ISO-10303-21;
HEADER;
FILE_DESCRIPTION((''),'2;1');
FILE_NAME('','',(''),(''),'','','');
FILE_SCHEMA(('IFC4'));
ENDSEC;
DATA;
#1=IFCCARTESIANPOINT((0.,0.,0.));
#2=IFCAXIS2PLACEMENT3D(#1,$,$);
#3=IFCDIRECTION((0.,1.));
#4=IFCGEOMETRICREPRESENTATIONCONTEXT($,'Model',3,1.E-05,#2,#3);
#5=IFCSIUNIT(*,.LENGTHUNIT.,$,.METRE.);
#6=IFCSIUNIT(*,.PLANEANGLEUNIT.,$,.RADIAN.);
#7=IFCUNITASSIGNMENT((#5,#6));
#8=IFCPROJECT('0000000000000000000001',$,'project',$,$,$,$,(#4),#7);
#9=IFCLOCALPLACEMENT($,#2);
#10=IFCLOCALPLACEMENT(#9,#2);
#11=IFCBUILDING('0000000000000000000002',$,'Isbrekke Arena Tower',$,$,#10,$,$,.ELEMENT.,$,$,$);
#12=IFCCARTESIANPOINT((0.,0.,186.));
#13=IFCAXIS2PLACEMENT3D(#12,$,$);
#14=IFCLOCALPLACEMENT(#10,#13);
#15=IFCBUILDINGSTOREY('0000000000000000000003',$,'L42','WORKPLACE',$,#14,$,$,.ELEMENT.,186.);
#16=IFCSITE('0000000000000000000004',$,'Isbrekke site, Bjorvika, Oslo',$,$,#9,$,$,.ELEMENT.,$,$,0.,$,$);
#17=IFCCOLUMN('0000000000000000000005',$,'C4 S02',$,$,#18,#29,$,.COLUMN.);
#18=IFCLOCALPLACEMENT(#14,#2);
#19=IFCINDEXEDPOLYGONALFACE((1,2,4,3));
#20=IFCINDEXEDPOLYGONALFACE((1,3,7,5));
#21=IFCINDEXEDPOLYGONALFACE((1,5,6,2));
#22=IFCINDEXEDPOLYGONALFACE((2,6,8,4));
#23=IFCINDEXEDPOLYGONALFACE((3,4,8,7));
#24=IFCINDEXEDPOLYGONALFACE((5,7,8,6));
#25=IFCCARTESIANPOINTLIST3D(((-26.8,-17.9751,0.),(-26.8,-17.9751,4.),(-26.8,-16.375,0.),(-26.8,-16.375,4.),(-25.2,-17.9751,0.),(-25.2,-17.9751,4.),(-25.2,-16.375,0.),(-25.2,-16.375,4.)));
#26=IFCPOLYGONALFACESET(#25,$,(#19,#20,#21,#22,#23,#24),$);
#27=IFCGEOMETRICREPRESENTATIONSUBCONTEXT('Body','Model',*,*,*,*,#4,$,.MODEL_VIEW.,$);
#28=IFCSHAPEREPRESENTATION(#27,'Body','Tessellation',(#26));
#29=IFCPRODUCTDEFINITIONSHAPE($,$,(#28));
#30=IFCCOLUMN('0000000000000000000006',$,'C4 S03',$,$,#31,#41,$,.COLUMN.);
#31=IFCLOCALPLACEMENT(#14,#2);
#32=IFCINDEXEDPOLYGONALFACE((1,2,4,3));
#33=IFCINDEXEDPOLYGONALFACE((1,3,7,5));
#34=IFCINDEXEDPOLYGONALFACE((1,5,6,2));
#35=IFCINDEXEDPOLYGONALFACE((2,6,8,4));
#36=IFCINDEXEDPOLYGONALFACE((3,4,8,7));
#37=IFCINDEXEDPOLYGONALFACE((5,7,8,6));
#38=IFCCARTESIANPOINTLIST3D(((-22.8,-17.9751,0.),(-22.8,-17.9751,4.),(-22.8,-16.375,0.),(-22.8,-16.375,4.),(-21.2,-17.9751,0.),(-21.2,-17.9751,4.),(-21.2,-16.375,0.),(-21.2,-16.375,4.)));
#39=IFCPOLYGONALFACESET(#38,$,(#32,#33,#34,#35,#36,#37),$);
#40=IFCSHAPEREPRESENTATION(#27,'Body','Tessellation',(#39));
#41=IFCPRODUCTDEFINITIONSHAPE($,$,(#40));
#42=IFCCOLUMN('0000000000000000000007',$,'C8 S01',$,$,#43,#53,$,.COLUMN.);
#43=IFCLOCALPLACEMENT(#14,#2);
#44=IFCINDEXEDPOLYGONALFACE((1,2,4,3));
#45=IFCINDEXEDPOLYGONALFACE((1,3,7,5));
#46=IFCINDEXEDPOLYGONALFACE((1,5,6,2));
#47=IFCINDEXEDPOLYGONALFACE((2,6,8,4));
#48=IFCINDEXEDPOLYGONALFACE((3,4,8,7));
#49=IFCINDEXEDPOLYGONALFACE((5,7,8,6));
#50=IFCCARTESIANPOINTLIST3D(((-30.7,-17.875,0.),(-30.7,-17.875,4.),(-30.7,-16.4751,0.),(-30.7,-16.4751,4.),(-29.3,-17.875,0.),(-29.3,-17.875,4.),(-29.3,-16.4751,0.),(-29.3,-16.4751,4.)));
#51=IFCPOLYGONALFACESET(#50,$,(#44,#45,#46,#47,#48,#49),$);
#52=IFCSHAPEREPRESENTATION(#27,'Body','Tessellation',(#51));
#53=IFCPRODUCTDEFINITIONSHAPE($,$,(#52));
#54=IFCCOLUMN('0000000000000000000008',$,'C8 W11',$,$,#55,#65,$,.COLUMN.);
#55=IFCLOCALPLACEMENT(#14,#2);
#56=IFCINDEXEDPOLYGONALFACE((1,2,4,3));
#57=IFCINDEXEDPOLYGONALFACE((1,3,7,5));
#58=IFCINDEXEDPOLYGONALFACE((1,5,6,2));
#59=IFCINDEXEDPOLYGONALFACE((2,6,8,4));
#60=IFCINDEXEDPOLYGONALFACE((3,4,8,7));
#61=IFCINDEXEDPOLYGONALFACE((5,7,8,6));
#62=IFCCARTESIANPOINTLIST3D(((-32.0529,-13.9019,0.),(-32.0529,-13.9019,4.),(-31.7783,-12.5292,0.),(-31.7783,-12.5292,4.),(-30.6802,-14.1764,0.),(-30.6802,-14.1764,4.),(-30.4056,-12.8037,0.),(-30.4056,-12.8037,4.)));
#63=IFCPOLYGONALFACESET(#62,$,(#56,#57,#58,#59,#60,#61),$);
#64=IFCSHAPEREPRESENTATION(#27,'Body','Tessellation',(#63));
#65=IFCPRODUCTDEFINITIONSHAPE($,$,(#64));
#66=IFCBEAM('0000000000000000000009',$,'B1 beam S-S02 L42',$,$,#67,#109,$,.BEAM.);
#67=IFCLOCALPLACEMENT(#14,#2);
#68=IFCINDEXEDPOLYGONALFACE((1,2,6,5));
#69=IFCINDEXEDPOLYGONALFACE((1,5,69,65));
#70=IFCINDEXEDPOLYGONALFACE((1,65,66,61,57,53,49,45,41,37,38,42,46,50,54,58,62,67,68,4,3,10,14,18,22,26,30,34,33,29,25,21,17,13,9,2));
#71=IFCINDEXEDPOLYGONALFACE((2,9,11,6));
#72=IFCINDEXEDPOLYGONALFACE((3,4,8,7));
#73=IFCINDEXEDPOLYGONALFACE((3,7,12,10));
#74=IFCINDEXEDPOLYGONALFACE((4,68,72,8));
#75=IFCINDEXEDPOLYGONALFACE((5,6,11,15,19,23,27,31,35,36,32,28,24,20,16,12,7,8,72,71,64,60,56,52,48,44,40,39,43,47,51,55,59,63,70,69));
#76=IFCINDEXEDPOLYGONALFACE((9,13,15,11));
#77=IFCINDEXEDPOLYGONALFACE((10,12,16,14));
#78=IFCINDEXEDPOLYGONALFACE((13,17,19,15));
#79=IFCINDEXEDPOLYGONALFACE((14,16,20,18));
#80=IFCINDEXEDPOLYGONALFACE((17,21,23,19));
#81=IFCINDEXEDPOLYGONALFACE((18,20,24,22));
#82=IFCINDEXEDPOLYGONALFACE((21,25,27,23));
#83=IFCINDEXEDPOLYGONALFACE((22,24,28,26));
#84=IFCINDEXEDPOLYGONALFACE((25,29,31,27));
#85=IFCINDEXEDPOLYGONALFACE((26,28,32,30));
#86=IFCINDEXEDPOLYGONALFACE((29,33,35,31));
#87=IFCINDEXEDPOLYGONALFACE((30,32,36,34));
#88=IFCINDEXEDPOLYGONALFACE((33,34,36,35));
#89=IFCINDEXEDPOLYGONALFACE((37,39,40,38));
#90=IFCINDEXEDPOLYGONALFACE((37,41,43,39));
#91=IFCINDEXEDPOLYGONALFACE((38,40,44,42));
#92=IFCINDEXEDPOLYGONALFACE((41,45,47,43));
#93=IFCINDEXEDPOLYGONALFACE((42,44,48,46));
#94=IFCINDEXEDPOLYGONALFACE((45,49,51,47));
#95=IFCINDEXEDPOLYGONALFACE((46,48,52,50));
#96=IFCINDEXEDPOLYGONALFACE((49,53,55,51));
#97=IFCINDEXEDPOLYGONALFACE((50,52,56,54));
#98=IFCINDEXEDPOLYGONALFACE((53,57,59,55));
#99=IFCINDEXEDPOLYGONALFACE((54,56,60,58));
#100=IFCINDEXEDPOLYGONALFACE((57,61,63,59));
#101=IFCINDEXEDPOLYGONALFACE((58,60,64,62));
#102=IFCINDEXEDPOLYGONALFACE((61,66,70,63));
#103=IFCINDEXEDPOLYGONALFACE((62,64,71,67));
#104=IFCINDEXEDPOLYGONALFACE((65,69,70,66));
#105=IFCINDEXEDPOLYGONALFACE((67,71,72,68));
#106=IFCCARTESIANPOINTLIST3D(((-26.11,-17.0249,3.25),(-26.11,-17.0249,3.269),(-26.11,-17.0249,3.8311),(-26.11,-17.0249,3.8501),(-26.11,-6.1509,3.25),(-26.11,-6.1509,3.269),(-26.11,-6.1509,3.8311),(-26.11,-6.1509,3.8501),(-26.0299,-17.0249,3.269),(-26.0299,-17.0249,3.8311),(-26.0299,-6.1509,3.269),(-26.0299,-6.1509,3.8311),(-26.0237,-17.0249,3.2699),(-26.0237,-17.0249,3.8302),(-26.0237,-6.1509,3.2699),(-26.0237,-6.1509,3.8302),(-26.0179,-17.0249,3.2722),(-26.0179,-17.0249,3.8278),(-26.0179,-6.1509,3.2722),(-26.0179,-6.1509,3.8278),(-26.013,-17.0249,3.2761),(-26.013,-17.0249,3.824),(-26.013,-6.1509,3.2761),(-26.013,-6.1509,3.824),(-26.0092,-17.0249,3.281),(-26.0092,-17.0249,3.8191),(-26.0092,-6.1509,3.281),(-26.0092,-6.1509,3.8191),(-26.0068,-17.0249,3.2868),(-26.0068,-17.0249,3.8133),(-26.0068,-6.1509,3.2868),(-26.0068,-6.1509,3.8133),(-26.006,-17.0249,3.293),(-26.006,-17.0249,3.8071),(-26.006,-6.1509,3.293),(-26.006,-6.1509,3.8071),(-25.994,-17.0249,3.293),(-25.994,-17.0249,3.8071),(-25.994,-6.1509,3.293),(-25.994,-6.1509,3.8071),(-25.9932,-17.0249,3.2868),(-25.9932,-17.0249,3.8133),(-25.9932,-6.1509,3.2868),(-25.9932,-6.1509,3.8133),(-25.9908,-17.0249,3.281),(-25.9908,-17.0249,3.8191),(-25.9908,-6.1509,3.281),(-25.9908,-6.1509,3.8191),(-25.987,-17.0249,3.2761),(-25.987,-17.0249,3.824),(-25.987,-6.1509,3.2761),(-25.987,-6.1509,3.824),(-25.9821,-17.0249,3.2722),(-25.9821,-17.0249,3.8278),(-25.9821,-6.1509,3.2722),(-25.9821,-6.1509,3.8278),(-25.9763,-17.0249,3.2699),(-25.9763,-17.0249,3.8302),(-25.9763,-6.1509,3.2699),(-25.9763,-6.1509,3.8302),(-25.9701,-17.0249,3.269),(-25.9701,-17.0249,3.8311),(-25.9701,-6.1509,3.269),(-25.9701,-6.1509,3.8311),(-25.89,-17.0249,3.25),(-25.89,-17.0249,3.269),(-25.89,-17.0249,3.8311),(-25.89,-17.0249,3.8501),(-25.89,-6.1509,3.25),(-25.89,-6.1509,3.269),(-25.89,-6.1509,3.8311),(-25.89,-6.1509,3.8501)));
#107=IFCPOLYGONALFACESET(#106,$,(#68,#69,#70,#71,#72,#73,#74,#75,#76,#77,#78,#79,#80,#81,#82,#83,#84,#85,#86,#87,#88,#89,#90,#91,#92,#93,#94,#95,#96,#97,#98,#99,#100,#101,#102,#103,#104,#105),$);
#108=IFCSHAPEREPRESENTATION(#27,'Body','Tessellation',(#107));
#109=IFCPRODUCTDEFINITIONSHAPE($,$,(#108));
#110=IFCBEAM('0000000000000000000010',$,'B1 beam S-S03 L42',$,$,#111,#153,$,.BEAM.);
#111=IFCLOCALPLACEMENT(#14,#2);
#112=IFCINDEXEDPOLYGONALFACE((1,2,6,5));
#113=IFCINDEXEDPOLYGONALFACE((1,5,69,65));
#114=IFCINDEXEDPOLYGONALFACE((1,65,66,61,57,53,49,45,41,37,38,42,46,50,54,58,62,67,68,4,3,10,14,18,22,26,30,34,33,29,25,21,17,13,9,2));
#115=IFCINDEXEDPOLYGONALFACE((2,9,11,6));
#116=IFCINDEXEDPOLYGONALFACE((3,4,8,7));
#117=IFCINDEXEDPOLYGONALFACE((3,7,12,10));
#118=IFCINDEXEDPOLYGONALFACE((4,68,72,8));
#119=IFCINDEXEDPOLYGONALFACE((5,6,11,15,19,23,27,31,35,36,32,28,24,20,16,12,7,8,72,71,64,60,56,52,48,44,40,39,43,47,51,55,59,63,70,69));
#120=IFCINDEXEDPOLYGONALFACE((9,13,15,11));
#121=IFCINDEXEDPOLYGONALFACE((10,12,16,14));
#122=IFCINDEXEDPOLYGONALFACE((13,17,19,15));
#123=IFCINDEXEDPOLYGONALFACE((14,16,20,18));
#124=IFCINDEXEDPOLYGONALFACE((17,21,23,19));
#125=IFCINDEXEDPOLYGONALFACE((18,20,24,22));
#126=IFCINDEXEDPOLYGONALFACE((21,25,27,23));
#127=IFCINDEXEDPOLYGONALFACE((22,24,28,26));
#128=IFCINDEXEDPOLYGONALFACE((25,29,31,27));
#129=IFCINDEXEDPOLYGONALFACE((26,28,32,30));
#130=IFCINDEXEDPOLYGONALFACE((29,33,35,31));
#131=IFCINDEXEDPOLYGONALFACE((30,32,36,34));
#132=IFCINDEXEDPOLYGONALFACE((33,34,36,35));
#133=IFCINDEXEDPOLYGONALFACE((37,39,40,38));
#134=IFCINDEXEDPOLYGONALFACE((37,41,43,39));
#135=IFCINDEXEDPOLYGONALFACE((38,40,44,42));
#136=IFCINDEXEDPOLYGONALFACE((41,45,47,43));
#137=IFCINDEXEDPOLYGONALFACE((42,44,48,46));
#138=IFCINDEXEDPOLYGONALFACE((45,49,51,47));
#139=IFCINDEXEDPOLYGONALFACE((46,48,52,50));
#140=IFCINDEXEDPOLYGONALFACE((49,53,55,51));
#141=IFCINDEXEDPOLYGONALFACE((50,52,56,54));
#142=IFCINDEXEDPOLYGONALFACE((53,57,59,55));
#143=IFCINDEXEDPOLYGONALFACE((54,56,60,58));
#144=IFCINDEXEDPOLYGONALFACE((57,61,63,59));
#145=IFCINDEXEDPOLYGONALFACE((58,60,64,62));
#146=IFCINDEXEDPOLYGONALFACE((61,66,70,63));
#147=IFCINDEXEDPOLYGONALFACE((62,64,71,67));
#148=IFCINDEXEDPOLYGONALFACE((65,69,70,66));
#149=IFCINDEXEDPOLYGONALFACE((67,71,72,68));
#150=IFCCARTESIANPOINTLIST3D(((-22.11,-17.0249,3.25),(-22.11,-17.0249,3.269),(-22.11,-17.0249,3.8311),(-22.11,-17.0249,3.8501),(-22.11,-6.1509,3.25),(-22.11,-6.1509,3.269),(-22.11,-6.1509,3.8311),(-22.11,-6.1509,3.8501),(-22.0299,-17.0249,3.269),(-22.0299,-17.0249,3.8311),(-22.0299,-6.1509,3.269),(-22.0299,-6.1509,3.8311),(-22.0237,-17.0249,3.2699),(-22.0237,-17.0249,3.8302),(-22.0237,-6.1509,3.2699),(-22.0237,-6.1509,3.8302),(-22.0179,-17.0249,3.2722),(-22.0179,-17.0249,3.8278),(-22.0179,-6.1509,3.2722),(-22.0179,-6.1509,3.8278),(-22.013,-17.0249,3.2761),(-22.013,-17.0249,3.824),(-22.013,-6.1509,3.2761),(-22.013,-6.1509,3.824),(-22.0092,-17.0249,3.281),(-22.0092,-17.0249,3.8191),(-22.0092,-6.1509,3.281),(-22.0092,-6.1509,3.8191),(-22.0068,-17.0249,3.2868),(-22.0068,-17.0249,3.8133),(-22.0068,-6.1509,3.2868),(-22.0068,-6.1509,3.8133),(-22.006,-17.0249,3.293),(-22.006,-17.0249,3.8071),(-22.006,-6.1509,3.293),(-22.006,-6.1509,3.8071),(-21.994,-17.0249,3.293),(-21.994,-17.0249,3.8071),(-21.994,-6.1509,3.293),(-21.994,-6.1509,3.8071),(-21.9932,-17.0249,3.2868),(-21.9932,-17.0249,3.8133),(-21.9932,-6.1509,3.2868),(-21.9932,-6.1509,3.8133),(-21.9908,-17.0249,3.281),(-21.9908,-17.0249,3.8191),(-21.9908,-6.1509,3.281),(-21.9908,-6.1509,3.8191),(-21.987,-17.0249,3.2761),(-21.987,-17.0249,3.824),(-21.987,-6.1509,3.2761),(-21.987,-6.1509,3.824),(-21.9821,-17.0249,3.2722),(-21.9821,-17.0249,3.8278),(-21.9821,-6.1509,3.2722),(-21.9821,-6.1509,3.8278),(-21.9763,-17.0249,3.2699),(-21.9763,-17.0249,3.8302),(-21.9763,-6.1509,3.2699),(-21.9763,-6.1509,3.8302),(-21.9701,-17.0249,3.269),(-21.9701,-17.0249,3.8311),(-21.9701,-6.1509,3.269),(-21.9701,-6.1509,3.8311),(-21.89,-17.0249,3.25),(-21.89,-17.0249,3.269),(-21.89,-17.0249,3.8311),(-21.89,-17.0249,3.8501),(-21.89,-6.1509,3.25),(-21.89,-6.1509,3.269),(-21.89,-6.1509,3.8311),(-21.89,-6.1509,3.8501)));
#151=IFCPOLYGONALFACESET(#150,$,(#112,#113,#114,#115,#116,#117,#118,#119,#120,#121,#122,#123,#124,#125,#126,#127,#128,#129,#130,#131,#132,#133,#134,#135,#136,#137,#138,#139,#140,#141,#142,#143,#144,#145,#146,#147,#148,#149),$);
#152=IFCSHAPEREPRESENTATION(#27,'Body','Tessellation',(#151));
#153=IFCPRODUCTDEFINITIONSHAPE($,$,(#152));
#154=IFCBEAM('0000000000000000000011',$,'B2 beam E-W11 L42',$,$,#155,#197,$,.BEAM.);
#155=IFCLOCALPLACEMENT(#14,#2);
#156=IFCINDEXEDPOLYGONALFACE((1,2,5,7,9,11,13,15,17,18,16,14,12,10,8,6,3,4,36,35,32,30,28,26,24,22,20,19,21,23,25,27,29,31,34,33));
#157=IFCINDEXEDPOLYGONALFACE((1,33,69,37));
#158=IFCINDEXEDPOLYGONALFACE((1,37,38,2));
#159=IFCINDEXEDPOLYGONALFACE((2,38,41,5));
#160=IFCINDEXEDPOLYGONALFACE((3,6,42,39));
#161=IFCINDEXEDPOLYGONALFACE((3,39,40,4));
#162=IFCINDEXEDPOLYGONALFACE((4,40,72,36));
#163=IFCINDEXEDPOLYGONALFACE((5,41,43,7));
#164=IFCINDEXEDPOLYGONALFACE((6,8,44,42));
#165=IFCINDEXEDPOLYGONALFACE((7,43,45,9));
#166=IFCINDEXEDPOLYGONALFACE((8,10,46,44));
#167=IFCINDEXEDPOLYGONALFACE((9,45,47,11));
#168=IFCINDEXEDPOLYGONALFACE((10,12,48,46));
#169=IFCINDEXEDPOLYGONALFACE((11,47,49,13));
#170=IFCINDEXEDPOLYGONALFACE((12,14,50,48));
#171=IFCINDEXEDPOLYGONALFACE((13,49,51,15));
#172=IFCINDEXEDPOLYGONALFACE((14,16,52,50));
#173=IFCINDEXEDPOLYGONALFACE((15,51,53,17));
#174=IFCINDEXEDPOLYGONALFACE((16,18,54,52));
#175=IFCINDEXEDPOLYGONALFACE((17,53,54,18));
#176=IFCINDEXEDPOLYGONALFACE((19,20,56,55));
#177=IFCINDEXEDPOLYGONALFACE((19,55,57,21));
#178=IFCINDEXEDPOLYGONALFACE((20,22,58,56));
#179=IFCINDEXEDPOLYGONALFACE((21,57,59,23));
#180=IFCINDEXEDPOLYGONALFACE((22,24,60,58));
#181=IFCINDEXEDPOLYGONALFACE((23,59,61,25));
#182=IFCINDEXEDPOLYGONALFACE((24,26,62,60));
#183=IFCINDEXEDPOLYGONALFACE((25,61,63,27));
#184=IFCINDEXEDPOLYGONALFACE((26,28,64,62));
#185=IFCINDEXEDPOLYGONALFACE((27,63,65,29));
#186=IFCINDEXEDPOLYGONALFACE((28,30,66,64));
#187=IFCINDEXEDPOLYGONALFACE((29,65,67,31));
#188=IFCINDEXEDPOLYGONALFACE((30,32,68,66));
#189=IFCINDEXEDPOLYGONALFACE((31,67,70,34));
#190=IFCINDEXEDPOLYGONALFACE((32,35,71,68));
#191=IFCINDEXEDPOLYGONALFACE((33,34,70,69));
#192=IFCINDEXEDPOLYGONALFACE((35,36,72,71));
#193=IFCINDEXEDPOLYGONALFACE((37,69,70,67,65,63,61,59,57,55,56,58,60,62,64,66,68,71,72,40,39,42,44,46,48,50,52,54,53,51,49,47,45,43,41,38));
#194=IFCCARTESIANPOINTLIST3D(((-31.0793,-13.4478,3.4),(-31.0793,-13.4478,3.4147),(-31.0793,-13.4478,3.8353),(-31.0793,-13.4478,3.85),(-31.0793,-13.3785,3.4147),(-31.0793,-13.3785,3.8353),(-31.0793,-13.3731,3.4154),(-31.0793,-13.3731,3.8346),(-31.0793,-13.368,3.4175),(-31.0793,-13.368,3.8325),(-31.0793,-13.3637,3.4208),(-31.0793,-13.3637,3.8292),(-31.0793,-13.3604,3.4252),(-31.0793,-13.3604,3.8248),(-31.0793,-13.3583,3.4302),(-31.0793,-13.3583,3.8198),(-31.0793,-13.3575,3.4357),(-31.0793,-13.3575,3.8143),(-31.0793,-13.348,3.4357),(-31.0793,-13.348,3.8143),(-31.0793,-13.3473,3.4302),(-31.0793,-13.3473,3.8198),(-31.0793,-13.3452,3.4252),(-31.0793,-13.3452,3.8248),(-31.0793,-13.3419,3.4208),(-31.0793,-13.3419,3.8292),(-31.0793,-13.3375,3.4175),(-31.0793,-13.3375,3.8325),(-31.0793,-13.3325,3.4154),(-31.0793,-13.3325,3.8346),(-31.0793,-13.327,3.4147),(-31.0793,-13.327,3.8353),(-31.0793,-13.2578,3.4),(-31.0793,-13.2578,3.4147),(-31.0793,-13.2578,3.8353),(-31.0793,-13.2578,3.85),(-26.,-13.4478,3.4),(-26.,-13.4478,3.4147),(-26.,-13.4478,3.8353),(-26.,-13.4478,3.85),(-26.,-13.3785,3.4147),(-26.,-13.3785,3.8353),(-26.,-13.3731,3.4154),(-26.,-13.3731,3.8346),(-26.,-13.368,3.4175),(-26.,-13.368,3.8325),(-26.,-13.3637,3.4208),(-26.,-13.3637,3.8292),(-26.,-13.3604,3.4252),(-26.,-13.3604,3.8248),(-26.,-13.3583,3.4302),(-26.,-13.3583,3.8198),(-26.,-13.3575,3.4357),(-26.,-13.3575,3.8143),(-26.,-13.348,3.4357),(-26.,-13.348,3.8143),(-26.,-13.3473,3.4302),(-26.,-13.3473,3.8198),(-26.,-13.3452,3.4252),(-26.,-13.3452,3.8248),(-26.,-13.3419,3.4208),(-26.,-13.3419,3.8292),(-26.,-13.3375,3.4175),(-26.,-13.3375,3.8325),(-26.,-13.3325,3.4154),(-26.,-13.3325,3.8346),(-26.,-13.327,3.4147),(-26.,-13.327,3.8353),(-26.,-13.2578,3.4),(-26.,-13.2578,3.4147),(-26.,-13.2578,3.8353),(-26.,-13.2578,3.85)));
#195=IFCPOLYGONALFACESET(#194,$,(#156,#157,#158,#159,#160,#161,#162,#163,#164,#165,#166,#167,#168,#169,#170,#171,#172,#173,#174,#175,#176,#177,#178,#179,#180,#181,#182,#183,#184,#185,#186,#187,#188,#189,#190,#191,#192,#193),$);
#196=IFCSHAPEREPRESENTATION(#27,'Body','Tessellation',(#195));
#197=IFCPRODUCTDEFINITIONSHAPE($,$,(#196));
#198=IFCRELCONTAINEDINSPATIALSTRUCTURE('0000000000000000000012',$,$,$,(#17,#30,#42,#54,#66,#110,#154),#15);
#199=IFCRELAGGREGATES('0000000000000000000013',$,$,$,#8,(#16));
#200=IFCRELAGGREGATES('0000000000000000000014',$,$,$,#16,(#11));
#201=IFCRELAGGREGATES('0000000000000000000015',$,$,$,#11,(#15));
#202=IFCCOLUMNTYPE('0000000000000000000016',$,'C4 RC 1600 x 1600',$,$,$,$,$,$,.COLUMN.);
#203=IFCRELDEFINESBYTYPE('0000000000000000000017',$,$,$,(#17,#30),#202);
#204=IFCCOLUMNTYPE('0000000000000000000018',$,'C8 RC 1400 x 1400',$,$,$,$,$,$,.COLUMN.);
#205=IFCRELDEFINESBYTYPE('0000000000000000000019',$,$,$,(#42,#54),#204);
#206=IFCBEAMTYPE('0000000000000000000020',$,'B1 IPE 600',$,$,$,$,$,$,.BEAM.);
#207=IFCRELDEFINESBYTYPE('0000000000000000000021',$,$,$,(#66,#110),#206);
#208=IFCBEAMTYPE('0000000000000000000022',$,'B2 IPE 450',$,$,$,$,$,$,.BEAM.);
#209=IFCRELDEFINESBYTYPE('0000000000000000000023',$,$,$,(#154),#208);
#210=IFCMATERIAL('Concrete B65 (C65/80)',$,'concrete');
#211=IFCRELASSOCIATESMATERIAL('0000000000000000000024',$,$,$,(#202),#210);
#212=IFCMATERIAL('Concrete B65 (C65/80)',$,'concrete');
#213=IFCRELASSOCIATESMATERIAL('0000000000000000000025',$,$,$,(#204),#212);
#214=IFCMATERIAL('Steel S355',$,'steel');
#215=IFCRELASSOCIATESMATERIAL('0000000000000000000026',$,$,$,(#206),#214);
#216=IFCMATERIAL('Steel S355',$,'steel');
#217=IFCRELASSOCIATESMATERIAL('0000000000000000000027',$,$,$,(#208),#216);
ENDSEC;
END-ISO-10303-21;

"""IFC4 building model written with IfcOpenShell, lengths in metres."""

from ifc_helpers import new_model, si_unit, direction, frame, origin, origin_2d, place, context, subcontext, project, spatial, rectangle, i_section, extrude, material, material_profile, profile_set, type_object, element, save


model = new_model("IFC4")

# Units and contexts
model_context = context("Model", 3, precision=1e-05, world=origin(), true_north=direction((0.0, 1.0)))
body_context = subcontext(model_context, "Body", "Model", "MODEL_VIEW")
ifc_project = project(units=[si_unit("LENGTHUNIT", "METRE"), si_unit("PLANEANGLEUNIT", "RADIAN")], contexts=[model_context])

# Site, building, storey
site_placement = place(None, origin())
site = spatial("IfcSite", under=ifc_project, at=site_placement, Name="Isbrekke site, Bjorvika, Oslo", CompositionType="ELEMENT", RefElevation=0.0)
building_placement = place(site_placement, origin())
building = spatial("IfcBuilding", under=site, at=building_placement, Name="Isbrekke Arena Tower", CompositionType="ELEMENT")
storey_placement = place(building_placement, frame((0.0, 0.0, 186.0)))
storey = spatial("IfcBuildingStorey", under=building, at=storey_placement, Name="L42", Description="WORKPLACE", CompositionType="ELEMENT", Elevation=186.0)

# Columns
ifc_material_1 = material(Name="Concrete B65 (C65/80)", Category="concrete")
ifc_material_profile_1 = material_profile(ifc_material_1, rectangle(XDim=1.6001, YDim=1.6001, at=origin_2d()), Name="RC 1600x1600")
ifc_profile_set_1 = profile_set([ifc_material_profile_1], Name="Concrete B65 (C65/80)")
column_type_1 = type_object("IfcColumnType", Name="C4 RC 1600 x 1600", PredefinedType="COLUMN", material=ifc_profile_set_1)
for number, where, z_axis, x_axis, name in (
    (1, (-26.0, -17.175, 0.0), (0.0, 0.0, 1.0), (1.0, 0.0, 0.0), "C4 S02"),
    (2, (-22.0, -17.175, 0.0), (0.0, 0.0, 1.0), (1.0, 0.0, 0.0), "C4 S03"),
):
    element("IfcColumn", number, at=place(storey_placement, frame(where, z_axis=z_axis, x_axis=x_axis)), inside=storey, type_object=column_type_1, Name=name, PredefinedType="COLUMN", context=body_context, shape_type="SweptSolid", body=[
        extrude(rectangle(XDim=1.6001, YDim=1.6001, at=origin_2d()), origin(), (0.0, 0.0, 1.0), 4.0),
    ])
ifc_material_2 = material(Name="Concrete B65 (C65/80)", Category="concrete")
ifc_material_profile_2 = material_profile(ifc_material_2, rectangle(XDim=1.3999, YDim=1.3999, at=origin_2d()), Name="RC 1400x1400")
ifc_profile_set_2 = profile_set([ifc_material_profile_2], Name="Concrete B65 (C65/80)")
column_type_2 = type_object("IfcColumnType", Name="C8 RC 1400 x 1400", PredefinedType="COLUMN", material=ifc_profile_set_2)
for number, where, z_axis, x_axis, name in (
    (3, (-30.0, -17.175, 0.0), (0.0, 0.0, 1.0), (1.0, 0.0, 0.0), "C8 S01"),
    (4, (-31.2292, -13.3528, 0.0), (0.0, 0.0, 1.0), (-0.196116, -0.980581, 0.0), "C8 W11"),
):
    element("IfcColumn", number, at=place(storey_placement, frame(where, z_axis=z_axis, x_axis=x_axis)), inside=storey, type_object=column_type_2, Name=name, PredefinedType="COLUMN", context=body_context, shape_type="SweptSolid", body=[
        extrude(rectangle(XDim=1.3999, YDim=1.3999, at=origin_2d()), origin(), (0.0, 0.0, 1.0), 4.0),
    ])

# Beams
ifc_material_3 = material(Name="Steel S355", Category="steel")
ifc_material_profile_3 = material_profile(ifc_material_3, i_section(OverallWidth=0.22, OverallDepth=0.6001, WebThickness=0.012, FlangeThickness=0.019, FilletRadius=0.0239, at=origin_2d()), Name="IPE 600")
ifc_profile_set_3 = profile_set([ifc_material_profile_3], Name="Steel S355")
beam_type_1 = type_object("IfcBeamType", Name="B1 IPE 600", PredefinedType="BEAM", material=ifc_profile_set_3)
for number, where, z_axis, x_axis, name in (
    (5, (-26.0, -17.0249, 3.55), (0.0, 1.0, 0.0), (-1.0, 0.0, 0.0), "B1 beam S-S02 L42"),
    (6, (-22.0, -17.0249, 3.55), (0.0, 1.0, 0.0), (-1.0, 0.0, 0.0), "B1 beam S-S03 L42"),
):
    element("IfcBeam", number, at=place(storey_placement, frame(where, z_axis=z_axis, x_axis=x_axis)), inside=storey, type_object=beam_type_1, Name=name, PredefinedType="BEAM", context=body_context, shape_type="SweptSolid", body=[
        extrude(i_section(OverallWidth=0.22, OverallDepth=0.6001, WebThickness=0.012, FlangeThickness=0.019, FilletRadius=0.0239, at=origin_2d()), origin(), (0.0, 0.0, 1.0), 10.874),
    ])
ifc_material_4 = material(Name="Steel S355", Category="steel")
ifc_material_profile_4 = material_profile(ifc_material_4, i_section(OverallWidth=0.1899, OverallDepth=0.45, WebThickness=0.0095, FlangeThickness=0.0146, FilletRadius=0.021, at=origin_2d()), Name="IPE 450")
ifc_profile_set_4 = profile_set([ifc_material_profile_4], Name="Steel S355")
beam_type_2 = type_object("IfcBeamType", Name="B2 IPE 450", PredefinedType="BEAM", material=ifc_profile_set_4)
beam_1_placement = place(storey_placement, frame((-31.0793, -13.3528, 3.625), z_axis=(1.0, 0.0, 0.0), x_axis=(0.0, 1.0, 0.0)))
element("IfcBeam", 7, at=beam_1_placement, inside=storey, type_object=beam_type_2, Name="B2 beam E-W11 L42", PredefinedType="BEAM", context=body_context, shape_type="SweptSolid", body=[
    extrude(i_section(OverallWidth=0.1899, OverallDepth=0.45, WebThickness=0.0095, FlangeThickness=0.0146, FilletRadius=0.021, at=origin_2d()), origin(), (0.0, 0.0, 1.0), 5.0793),
])

save(model, "model.ifc")
